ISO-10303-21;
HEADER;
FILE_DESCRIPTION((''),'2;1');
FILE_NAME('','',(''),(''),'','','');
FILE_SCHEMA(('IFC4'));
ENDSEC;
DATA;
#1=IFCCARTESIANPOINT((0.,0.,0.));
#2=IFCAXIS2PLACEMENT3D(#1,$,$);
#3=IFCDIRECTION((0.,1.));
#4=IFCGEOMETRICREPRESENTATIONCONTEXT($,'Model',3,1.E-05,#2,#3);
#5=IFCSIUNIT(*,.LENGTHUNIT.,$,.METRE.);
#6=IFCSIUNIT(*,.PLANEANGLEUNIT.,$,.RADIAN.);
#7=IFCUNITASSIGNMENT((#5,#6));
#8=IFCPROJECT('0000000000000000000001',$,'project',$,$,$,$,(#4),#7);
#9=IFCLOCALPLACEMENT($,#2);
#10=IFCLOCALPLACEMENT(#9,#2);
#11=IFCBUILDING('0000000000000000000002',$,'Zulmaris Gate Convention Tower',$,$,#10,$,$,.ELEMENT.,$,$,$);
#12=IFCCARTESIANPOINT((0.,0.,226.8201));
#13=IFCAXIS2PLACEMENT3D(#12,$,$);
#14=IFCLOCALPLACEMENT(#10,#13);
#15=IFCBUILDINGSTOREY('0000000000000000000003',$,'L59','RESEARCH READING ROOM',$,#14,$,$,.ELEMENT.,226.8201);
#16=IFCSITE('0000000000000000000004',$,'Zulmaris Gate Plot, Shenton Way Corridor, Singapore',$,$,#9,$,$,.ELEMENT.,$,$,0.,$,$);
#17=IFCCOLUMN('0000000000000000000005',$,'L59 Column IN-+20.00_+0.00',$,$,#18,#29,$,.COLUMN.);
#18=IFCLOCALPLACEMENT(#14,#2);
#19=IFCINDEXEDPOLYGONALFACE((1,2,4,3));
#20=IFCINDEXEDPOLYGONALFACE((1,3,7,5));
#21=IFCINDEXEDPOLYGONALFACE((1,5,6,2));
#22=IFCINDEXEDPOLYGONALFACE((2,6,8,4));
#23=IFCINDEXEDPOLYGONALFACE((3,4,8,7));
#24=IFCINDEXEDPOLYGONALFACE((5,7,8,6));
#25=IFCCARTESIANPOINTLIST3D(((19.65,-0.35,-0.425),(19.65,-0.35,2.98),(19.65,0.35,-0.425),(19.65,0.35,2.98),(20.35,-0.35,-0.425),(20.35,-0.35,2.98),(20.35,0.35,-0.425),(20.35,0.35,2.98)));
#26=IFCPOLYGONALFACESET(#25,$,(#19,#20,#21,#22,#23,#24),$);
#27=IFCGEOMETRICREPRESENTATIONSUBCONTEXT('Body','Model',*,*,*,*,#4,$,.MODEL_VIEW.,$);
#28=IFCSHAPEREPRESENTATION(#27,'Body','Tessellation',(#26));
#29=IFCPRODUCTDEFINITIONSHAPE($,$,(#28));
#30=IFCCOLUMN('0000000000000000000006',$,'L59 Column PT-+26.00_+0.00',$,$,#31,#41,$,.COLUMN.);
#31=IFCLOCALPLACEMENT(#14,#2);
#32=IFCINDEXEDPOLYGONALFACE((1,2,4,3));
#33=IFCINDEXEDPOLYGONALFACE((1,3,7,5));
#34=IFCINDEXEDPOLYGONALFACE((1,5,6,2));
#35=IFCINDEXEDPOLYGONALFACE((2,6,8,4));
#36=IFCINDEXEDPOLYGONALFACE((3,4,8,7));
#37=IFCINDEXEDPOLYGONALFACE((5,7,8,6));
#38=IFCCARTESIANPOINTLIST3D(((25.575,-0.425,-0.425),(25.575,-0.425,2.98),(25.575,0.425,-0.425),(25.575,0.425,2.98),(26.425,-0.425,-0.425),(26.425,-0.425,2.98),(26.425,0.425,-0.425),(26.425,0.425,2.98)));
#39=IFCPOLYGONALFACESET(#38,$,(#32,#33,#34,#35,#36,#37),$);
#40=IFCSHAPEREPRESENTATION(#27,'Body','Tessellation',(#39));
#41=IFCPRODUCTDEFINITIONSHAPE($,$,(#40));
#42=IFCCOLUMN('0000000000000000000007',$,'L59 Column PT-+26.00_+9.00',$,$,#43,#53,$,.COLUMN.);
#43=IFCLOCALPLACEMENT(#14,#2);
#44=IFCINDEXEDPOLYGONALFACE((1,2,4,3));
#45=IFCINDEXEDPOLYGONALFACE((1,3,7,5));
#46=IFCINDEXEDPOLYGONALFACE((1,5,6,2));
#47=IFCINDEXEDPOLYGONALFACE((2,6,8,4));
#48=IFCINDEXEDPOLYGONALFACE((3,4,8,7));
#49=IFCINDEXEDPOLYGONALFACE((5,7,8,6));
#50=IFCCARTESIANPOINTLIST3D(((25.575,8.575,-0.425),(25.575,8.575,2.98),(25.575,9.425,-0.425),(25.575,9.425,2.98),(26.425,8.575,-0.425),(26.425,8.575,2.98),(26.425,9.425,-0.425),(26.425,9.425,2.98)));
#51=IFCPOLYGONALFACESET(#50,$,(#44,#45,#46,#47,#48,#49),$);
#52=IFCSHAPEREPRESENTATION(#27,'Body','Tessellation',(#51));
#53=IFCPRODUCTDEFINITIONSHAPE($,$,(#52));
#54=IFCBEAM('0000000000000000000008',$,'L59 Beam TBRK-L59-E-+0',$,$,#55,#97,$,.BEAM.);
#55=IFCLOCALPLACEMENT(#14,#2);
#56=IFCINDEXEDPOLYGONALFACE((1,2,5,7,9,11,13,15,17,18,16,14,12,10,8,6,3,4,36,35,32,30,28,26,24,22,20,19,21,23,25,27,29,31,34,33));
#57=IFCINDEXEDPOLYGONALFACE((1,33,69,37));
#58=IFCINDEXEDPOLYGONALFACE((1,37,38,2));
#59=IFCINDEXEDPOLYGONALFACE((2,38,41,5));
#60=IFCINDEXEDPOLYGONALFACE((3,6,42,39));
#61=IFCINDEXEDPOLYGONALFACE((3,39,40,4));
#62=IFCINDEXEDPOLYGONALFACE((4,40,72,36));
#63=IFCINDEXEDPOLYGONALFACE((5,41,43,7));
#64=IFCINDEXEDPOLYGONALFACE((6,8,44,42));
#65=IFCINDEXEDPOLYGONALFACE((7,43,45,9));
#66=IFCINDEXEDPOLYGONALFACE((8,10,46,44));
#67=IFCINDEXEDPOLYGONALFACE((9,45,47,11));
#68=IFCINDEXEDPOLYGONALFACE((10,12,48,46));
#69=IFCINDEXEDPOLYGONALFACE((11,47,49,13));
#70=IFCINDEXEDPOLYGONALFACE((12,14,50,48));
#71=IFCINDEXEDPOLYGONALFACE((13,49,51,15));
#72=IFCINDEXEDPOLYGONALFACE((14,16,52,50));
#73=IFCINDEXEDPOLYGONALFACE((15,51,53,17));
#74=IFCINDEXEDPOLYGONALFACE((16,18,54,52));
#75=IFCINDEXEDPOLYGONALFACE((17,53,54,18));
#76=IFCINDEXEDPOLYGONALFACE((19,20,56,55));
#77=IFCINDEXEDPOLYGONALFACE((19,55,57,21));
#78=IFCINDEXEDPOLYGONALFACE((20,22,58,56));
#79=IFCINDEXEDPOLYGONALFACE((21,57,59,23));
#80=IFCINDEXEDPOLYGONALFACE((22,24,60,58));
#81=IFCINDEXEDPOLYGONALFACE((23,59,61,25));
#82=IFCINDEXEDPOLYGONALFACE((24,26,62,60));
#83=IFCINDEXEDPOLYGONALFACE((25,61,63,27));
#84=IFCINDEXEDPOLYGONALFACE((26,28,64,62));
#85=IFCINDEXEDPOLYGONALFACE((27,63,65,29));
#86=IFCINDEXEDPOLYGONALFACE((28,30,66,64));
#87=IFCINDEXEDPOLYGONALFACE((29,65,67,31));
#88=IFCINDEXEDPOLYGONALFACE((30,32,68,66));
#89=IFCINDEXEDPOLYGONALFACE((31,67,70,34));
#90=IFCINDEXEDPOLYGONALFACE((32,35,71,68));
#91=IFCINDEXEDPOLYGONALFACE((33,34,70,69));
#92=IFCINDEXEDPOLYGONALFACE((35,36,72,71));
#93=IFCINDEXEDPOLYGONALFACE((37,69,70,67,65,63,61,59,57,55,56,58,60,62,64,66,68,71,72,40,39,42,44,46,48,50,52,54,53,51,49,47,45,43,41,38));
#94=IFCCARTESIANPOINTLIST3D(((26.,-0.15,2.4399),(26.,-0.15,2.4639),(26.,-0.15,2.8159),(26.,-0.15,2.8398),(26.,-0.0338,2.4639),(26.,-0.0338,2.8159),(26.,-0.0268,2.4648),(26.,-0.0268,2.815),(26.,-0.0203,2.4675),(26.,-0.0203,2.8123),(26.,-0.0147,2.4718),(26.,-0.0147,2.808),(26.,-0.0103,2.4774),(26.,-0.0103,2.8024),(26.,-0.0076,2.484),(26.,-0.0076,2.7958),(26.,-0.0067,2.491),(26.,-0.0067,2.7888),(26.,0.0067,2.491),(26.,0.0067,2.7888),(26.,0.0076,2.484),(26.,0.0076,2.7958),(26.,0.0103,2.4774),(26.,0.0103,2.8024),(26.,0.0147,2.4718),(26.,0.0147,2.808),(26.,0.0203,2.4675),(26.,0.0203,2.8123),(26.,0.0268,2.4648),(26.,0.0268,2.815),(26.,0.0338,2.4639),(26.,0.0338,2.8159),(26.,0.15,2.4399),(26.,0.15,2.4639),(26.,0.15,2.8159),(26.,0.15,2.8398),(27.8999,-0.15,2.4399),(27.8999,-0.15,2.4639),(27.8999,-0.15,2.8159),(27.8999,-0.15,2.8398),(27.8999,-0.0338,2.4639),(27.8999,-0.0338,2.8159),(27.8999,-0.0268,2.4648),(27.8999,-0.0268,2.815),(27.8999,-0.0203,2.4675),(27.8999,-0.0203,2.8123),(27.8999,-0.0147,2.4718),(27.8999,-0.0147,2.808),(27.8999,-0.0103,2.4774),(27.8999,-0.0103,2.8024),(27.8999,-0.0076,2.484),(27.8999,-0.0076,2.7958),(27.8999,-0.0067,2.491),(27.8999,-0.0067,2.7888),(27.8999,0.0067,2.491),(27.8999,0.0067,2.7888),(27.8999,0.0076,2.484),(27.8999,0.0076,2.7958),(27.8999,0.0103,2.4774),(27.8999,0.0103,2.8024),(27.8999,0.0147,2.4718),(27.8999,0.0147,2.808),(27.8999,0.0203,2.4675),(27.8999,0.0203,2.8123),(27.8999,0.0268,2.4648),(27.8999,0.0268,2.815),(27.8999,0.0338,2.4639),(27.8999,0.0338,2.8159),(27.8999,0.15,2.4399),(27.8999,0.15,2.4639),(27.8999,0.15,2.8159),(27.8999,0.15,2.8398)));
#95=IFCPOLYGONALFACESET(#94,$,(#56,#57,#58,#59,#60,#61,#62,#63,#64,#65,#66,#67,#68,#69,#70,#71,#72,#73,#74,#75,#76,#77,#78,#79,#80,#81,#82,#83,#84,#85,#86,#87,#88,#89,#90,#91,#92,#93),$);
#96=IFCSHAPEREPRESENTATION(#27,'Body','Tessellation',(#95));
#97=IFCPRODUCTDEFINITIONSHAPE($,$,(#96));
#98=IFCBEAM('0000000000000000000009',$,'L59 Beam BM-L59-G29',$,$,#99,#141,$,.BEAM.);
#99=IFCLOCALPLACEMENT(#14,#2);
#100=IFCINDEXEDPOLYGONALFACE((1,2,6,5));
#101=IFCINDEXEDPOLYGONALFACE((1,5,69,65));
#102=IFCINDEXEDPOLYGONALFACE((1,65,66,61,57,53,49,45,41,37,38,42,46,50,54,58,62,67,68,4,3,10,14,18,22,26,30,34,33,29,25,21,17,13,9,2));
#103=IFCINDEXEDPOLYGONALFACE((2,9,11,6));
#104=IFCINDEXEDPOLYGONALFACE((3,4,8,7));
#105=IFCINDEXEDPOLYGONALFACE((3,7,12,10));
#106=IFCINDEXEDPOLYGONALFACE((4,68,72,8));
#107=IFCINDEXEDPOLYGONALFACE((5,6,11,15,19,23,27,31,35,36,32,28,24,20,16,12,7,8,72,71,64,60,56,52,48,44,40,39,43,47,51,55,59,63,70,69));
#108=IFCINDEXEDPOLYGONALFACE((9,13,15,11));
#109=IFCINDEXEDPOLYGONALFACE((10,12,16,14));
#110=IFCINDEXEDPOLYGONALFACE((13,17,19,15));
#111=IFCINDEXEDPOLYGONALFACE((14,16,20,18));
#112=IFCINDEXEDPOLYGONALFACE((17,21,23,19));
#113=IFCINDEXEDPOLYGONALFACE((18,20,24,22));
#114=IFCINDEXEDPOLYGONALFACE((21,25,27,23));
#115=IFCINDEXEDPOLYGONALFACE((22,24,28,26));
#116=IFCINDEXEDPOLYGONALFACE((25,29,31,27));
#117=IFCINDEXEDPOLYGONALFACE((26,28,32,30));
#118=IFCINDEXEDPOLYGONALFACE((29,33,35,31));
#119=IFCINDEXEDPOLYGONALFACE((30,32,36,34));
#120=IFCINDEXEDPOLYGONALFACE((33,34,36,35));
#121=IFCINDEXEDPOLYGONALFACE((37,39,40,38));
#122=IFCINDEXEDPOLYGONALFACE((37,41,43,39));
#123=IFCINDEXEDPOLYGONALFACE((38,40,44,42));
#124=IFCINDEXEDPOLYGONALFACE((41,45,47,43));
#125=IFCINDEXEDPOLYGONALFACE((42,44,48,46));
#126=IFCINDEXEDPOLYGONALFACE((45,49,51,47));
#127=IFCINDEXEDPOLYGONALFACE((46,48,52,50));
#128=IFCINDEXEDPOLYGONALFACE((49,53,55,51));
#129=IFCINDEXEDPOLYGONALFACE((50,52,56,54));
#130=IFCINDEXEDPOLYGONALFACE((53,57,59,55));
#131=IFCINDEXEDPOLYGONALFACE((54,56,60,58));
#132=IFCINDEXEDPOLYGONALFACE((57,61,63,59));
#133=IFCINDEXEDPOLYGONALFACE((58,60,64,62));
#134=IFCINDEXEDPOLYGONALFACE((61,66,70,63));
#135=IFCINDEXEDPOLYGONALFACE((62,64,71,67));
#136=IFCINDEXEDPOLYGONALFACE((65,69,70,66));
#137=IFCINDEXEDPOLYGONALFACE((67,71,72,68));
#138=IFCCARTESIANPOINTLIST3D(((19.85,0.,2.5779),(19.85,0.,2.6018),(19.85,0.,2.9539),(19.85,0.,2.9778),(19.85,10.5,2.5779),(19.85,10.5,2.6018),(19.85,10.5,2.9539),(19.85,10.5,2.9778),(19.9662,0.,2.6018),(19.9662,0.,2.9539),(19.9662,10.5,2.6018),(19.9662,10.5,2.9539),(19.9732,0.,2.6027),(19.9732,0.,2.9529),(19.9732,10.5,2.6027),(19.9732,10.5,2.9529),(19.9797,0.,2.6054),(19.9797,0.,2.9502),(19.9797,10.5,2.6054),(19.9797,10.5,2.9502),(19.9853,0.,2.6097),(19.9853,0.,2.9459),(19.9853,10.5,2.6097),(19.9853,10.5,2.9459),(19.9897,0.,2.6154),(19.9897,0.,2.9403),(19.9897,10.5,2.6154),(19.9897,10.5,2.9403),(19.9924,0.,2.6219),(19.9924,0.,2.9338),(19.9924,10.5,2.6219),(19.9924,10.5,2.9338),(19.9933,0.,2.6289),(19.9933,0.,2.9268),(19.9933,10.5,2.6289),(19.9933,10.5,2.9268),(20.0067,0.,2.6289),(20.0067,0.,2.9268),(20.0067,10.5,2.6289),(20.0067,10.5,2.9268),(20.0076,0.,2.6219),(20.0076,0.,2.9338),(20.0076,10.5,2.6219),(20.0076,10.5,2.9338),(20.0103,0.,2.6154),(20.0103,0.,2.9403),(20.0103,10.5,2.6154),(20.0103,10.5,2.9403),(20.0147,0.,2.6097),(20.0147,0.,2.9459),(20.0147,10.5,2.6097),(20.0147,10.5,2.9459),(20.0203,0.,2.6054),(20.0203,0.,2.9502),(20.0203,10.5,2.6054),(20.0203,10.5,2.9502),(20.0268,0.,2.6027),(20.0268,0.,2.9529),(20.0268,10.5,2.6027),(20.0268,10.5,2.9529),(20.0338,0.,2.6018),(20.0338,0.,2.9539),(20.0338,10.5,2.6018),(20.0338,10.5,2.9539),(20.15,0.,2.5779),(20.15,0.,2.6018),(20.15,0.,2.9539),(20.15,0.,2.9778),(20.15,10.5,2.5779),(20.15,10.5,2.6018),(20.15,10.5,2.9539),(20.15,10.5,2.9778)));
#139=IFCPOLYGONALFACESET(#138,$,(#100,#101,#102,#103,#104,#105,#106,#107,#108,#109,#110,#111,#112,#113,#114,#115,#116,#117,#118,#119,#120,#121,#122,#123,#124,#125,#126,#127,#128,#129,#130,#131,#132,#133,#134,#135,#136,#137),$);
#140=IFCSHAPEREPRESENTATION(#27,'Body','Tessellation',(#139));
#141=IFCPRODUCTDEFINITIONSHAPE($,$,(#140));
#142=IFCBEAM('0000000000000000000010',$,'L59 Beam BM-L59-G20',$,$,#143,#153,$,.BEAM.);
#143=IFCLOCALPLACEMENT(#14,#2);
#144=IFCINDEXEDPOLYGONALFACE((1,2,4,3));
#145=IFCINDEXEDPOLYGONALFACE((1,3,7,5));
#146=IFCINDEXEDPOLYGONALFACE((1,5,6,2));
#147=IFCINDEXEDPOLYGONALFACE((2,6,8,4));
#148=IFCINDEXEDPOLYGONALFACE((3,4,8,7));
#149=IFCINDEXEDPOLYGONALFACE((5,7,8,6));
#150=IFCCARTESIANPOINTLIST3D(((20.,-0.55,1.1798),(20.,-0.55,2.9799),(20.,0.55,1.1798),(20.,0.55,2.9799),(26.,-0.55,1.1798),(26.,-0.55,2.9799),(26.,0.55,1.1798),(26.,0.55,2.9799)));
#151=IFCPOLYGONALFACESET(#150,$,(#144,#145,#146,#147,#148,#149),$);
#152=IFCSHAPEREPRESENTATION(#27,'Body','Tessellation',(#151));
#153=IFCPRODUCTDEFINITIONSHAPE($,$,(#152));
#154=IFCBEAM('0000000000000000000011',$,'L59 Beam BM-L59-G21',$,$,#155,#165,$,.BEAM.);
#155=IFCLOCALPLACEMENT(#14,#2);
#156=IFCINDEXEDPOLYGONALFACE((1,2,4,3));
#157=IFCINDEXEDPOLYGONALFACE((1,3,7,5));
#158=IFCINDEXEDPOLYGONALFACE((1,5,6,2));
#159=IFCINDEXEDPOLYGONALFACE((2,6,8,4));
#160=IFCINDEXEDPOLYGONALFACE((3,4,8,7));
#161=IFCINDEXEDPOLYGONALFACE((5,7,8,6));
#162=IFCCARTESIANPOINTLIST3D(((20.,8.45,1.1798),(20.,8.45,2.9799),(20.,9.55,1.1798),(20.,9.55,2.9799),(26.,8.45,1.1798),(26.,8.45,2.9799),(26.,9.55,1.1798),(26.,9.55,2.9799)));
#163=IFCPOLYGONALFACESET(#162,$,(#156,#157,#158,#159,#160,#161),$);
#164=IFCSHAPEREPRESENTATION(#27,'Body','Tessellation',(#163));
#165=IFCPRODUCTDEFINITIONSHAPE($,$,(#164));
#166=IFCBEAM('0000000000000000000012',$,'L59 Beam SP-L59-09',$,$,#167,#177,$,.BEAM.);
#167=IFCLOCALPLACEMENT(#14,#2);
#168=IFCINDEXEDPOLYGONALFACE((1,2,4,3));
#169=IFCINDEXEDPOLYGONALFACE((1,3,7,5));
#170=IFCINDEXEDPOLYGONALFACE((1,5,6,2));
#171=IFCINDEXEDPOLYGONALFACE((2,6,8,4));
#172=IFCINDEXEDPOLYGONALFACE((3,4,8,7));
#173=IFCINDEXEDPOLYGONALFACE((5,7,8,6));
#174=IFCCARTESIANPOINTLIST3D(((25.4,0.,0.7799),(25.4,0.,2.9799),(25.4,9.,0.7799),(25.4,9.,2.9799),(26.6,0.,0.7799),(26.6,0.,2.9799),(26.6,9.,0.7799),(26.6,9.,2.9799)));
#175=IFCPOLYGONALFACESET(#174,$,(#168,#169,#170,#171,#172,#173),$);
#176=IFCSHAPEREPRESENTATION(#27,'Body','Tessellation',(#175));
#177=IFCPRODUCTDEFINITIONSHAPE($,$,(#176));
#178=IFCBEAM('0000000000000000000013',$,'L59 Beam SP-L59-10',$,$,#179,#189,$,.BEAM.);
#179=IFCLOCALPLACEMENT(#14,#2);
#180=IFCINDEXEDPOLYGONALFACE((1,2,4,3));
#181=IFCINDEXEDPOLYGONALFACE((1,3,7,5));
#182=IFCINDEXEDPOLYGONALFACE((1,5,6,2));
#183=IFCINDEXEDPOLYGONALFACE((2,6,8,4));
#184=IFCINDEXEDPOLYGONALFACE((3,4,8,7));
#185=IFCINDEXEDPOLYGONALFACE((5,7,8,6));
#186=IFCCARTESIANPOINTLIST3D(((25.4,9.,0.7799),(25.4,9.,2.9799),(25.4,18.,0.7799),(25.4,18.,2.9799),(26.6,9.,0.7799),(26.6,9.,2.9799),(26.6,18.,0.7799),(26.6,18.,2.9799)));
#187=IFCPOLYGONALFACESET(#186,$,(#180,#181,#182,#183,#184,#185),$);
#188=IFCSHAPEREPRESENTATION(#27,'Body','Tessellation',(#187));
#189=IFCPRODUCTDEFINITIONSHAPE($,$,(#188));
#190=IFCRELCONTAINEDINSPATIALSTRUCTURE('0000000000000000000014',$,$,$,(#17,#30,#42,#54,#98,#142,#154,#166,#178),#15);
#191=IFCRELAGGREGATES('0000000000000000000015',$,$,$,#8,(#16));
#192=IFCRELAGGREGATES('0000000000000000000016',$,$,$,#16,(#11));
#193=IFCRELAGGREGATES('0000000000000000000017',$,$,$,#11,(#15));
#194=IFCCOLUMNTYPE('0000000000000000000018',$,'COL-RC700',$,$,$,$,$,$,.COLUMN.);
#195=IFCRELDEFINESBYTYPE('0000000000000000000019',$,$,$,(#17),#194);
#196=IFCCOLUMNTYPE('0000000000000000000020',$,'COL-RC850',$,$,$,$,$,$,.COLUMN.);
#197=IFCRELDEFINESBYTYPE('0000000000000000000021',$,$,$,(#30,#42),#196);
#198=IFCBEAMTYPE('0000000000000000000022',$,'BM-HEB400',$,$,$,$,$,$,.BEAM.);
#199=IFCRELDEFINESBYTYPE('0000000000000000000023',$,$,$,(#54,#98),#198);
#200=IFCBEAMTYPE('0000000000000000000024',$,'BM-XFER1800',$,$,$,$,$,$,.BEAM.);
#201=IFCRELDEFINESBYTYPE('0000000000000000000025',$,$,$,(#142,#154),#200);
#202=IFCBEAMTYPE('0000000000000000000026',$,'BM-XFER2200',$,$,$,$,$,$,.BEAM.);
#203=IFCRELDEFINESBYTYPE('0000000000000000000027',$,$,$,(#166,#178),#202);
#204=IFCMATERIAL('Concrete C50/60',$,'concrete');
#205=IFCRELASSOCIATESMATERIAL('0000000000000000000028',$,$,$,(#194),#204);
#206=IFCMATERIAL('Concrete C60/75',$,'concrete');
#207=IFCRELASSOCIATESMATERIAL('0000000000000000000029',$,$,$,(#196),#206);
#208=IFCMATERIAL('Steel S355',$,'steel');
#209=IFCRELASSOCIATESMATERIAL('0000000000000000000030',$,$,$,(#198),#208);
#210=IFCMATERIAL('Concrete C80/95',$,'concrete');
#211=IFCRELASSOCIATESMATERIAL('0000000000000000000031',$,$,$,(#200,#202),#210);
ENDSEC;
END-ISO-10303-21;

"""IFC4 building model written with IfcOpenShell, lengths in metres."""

from ifc_helpers import new_model, si_unit, direction, frame, origin, origin_2d, place, context, subcontext, project, spatial, rectangle, i_section, extrude, material, material_profile, profile_set, type_object, element, save


model = new_model("IFC4")

# Units and contexts
model_context = context("Model", 3, precision=1e-05, world=origin(), true_north=direction((0.0, 1.0)))
body_context = subcontext(model_context, "Body", "Model", "MODEL_VIEW")
ifc_project = project(units=[si_unit("LENGTHUNIT", "METRE"), si_unit("PLANEANGLEUNIT", "RADIAN")], contexts=[model_context])

# Site, building, storey
site_placement = place(None, origin())
site = spatial("IfcSite", under=ifc_project, at=site_placement, Name="Zulmaris Gate Plot, Shenton Way Corridor, Singapore", CompositionType="ELEMENT", RefElevation=0.0)
building_placement = place(site_placement, origin())
building = spatial("IfcBuilding", under=site, at=building_placement, Name="Zulmaris Gate Convention Tower", CompositionType="ELEMENT")
storey_placement = place(building_placement, frame((0.0, 0.0, 226.8201)))
storey = spatial("IfcBuildingStorey", under=building, at=storey_placement, Name="L59", Description="RESEARCH READING ROOM", CompositionType="ELEMENT", Elevation=226.8201)

# Columns
ifc_material_1 = material(Name="Concrete C50/60", Category="concrete")
ifc_material_profile_1 = material_profile(ifc_material_1, rectangle(XDim=0.7, YDim=0.7, at=origin_2d()), Name="RC COL 700x700")
ifc_profile_set_1 = profile_set([ifc_material_profile_1], Name="Concrete C50/60")
column_type_1 = type_object("IfcColumnType", Name="COL-RC700", PredefinedType="COLUMN", material=ifc_profile_set_1)
column_placement = place(storey_placement, frame((20.0, 0.0, -0.425), z_axis=(0.0, 0.0, 1.0), x_axis=(1.0, 0.0, 0.0)))
element("IfcColumn", 1, at=column_placement, inside=storey, type_object=column_type_1, Name="L59 Column IN-+20.00_+0.00", PredefinedType="COLUMN", context=body_context, shape_type="SweptSolid", body=[
    extrude(rectangle(XDim=0.7, YDim=0.7, at=origin_2d()), origin(), (0.0, 0.0, 1.0), 3.405),
])
ifc_material_2 = material(Name="Concrete C60/75", Category="concrete")
ifc_material_profile_2 = material_profile(ifc_material_2, rectangle(XDim=0.8501, YDim=0.8501, at=origin_2d()), Name="RC COL 850x850")
ifc_profile_set_2 = profile_set([ifc_material_profile_2], Name="Concrete C60/75")
column_type_2 = type_object("IfcColumnType", Name="COL-RC850", PredefinedType="COLUMN", material=ifc_profile_set_2)
for number, where, z_axis, x_axis, name in (
    (2, (26.0, 0.0, -0.425), (0.0, 0.0, 1.0), (1.0, 0.0, 0.0), "L59 Column PT-+26.00_+0.00"),
    (3, (26.0, 9.0, -0.425), (0.0, 0.0, 1.0), (1.0, 0.0, 0.0), "L59 Column PT-+26.00_+9.00"),
):
    element("IfcColumn", number, at=place(storey_placement, frame(where, z_axis=z_axis, x_axis=x_axis)), inside=storey, type_object=column_type_2, Name=name, PredefinedType="COLUMN", context=body_context, shape_type="SweptSolid", body=[
        extrude(rectangle(XDim=0.8501, YDim=0.8501, at=origin_2d()), origin(), (0.0, 0.0, 1.0), 3.405),
    ])

# Beams
ifc_material_3 = material(Name="Steel S355", Category="steel")
ifc_material_profile_3 = material_profile(ifc_material_3, i_section(OverallWidth=0.3, OverallDepth=0.3999, WebThickness=0.0134, FlangeThickness=0.0239, FilletRadius=0.0271, at=origin_2d()), Name="HEB 400")
ifc_profile_set_3 = profile_set([ifc_material_profile_3], Name="Steel S355")
beam_type_1 = type_object("IfcBeamType", Name="BM-HEB400", PredefinedType="BEAM", material=ifc_profile_set_3)
beam_1_placement = place(storey_placement, frame((26.0, 0.0, 2.6399), z_axis=(1.0, 0.0, 0.0), x_axis=(0.0, 1.0, 0.0)))
element("IfcBeam", 4, at=beam_1_placement, inside=storey, type_object=beam_type_1, Name="L59 Beam TBRK-L59-E-+0", PredefinedType="BEAM", context=body_context, shape_type="SweptSolid", body=[
    extrude(i_section(OverallWidth=0.3, OverallDepth=0.3999, WebThickness=0.0134, FlangeThickness=0.0239, FilletRadius=0.0271, at=origin_2d()), origin(), (0.0, 0.0, 1.0), 1.8999),
])
beam_2_placement = place(storey_placement, frame((20.0, 0.0, 2.7778), z_axis=(0.0, 1.0, 0.0), x_axis=(-1.0, 0.0, 0.0)))
element("IfcBeam", 5, at=beam_2_placement, inside=storey, type_object=beam_type_1, Name="L59 Beam BM-L59-G29", PredefinedType="BEAM", context=body_context, shape_type="SweptSolid", body=[
    extrude(i_section(OverallWidth=0.3, OverallDepth=0.3999, WebThickness=0.0134, FlangeThickness=0.0239, FilletRadius=0.0271, at=origin_2d()), origin(), (0.0, 0.0, 1.0), 10.5),
])
ifc_material_4 = material(Name="Concrete C80/95", Category="concrete")
ifc_material_profile_4 = material_profile(ifc_material_4, rectangle(XDim=1.1001, YDim=1.8, at=origin_2d()), Name="RC TRANSFER 1100x1800")
ifc_profile_set_4 = profile_set([ifc_material_profile_4], Name="Concrete C80/95")
beam_type_2 = type_object("IfcBeamType", Name="BM-XFER1800", PredefinedType="BEAM", material=ifc_profile_set_4)
for number, where, z_axis, x_axis, name in (
    (6, (20.0, 0.0, 2.0798), (1.0, 0.0, 0.0), (0.0, 1.0, 0.0), "L59 Beam BM-L59-G20"),
    (7, (20.0, 9.0, 2.0798), (1.0, 0.0, 0.0), (0.0, 1.0, 0.0), "L59 Beam BM-L59-G21"),
):
    element("IfcBeam", number, at=place(storey_placement, frame(where, z_axis=z_axis, x_axis=x_axis)), inside=storey, type_object=beam_type_2, Name=name, PredefinedType="BEAM", context=body_context, shape_type="SweptSolid", body=[
        extrude(rectangle(XDim=1.1001, YDim=1.8, at=origin_2d()), origin(), (0.0, 0.0, 1.0), 6.0),
    ])
ifc_material_profile_5 = material_profile(ifc_material_4, rectangle(XDim=1.2, YDim=2.2, at=origin_2d()), Name="RC TRANSFER 1200x2200")
ifc_profile_set_5 = profile_set([ifc_material_profile_5], Name="Concrete C80/95")
beam_type_3 = type_object("IfcBeamType", Name="BM-XFER2200", PredefinedType="BEAM", material=ifc_profile_set_5)
for number, where, z_axis, x_axis, name in (
    (8, (26.0, 0.0, 1.8799), (0.0, 1.0, 0.0), (-1.0, 0.0, 0.0), "L59 Beam SP-L59-09"),
    (9, (26.0, 9.0, 1.8799), (0.0, 1.0, 0.0), (-1.0, 0.0, 0.0), "L59 Beam SP-L59-10"),
):
    element("IfcBeam", number, at=place(storey_placement, frame(where, z_axis=z_axis, x_axis=x_axis)), inside=storey, type_object=beam_type_3, Name=name, PredefinedType="BEAM", context=body_context, shape_type="SweptSolid", body=[
        extrude(rectangle(XDim=1.2, YDim=2.2, at=origin_2d()), origin(), (0.0, 0.0, 1.0), 9.0),
    ])

save(model, "model.ifc")
